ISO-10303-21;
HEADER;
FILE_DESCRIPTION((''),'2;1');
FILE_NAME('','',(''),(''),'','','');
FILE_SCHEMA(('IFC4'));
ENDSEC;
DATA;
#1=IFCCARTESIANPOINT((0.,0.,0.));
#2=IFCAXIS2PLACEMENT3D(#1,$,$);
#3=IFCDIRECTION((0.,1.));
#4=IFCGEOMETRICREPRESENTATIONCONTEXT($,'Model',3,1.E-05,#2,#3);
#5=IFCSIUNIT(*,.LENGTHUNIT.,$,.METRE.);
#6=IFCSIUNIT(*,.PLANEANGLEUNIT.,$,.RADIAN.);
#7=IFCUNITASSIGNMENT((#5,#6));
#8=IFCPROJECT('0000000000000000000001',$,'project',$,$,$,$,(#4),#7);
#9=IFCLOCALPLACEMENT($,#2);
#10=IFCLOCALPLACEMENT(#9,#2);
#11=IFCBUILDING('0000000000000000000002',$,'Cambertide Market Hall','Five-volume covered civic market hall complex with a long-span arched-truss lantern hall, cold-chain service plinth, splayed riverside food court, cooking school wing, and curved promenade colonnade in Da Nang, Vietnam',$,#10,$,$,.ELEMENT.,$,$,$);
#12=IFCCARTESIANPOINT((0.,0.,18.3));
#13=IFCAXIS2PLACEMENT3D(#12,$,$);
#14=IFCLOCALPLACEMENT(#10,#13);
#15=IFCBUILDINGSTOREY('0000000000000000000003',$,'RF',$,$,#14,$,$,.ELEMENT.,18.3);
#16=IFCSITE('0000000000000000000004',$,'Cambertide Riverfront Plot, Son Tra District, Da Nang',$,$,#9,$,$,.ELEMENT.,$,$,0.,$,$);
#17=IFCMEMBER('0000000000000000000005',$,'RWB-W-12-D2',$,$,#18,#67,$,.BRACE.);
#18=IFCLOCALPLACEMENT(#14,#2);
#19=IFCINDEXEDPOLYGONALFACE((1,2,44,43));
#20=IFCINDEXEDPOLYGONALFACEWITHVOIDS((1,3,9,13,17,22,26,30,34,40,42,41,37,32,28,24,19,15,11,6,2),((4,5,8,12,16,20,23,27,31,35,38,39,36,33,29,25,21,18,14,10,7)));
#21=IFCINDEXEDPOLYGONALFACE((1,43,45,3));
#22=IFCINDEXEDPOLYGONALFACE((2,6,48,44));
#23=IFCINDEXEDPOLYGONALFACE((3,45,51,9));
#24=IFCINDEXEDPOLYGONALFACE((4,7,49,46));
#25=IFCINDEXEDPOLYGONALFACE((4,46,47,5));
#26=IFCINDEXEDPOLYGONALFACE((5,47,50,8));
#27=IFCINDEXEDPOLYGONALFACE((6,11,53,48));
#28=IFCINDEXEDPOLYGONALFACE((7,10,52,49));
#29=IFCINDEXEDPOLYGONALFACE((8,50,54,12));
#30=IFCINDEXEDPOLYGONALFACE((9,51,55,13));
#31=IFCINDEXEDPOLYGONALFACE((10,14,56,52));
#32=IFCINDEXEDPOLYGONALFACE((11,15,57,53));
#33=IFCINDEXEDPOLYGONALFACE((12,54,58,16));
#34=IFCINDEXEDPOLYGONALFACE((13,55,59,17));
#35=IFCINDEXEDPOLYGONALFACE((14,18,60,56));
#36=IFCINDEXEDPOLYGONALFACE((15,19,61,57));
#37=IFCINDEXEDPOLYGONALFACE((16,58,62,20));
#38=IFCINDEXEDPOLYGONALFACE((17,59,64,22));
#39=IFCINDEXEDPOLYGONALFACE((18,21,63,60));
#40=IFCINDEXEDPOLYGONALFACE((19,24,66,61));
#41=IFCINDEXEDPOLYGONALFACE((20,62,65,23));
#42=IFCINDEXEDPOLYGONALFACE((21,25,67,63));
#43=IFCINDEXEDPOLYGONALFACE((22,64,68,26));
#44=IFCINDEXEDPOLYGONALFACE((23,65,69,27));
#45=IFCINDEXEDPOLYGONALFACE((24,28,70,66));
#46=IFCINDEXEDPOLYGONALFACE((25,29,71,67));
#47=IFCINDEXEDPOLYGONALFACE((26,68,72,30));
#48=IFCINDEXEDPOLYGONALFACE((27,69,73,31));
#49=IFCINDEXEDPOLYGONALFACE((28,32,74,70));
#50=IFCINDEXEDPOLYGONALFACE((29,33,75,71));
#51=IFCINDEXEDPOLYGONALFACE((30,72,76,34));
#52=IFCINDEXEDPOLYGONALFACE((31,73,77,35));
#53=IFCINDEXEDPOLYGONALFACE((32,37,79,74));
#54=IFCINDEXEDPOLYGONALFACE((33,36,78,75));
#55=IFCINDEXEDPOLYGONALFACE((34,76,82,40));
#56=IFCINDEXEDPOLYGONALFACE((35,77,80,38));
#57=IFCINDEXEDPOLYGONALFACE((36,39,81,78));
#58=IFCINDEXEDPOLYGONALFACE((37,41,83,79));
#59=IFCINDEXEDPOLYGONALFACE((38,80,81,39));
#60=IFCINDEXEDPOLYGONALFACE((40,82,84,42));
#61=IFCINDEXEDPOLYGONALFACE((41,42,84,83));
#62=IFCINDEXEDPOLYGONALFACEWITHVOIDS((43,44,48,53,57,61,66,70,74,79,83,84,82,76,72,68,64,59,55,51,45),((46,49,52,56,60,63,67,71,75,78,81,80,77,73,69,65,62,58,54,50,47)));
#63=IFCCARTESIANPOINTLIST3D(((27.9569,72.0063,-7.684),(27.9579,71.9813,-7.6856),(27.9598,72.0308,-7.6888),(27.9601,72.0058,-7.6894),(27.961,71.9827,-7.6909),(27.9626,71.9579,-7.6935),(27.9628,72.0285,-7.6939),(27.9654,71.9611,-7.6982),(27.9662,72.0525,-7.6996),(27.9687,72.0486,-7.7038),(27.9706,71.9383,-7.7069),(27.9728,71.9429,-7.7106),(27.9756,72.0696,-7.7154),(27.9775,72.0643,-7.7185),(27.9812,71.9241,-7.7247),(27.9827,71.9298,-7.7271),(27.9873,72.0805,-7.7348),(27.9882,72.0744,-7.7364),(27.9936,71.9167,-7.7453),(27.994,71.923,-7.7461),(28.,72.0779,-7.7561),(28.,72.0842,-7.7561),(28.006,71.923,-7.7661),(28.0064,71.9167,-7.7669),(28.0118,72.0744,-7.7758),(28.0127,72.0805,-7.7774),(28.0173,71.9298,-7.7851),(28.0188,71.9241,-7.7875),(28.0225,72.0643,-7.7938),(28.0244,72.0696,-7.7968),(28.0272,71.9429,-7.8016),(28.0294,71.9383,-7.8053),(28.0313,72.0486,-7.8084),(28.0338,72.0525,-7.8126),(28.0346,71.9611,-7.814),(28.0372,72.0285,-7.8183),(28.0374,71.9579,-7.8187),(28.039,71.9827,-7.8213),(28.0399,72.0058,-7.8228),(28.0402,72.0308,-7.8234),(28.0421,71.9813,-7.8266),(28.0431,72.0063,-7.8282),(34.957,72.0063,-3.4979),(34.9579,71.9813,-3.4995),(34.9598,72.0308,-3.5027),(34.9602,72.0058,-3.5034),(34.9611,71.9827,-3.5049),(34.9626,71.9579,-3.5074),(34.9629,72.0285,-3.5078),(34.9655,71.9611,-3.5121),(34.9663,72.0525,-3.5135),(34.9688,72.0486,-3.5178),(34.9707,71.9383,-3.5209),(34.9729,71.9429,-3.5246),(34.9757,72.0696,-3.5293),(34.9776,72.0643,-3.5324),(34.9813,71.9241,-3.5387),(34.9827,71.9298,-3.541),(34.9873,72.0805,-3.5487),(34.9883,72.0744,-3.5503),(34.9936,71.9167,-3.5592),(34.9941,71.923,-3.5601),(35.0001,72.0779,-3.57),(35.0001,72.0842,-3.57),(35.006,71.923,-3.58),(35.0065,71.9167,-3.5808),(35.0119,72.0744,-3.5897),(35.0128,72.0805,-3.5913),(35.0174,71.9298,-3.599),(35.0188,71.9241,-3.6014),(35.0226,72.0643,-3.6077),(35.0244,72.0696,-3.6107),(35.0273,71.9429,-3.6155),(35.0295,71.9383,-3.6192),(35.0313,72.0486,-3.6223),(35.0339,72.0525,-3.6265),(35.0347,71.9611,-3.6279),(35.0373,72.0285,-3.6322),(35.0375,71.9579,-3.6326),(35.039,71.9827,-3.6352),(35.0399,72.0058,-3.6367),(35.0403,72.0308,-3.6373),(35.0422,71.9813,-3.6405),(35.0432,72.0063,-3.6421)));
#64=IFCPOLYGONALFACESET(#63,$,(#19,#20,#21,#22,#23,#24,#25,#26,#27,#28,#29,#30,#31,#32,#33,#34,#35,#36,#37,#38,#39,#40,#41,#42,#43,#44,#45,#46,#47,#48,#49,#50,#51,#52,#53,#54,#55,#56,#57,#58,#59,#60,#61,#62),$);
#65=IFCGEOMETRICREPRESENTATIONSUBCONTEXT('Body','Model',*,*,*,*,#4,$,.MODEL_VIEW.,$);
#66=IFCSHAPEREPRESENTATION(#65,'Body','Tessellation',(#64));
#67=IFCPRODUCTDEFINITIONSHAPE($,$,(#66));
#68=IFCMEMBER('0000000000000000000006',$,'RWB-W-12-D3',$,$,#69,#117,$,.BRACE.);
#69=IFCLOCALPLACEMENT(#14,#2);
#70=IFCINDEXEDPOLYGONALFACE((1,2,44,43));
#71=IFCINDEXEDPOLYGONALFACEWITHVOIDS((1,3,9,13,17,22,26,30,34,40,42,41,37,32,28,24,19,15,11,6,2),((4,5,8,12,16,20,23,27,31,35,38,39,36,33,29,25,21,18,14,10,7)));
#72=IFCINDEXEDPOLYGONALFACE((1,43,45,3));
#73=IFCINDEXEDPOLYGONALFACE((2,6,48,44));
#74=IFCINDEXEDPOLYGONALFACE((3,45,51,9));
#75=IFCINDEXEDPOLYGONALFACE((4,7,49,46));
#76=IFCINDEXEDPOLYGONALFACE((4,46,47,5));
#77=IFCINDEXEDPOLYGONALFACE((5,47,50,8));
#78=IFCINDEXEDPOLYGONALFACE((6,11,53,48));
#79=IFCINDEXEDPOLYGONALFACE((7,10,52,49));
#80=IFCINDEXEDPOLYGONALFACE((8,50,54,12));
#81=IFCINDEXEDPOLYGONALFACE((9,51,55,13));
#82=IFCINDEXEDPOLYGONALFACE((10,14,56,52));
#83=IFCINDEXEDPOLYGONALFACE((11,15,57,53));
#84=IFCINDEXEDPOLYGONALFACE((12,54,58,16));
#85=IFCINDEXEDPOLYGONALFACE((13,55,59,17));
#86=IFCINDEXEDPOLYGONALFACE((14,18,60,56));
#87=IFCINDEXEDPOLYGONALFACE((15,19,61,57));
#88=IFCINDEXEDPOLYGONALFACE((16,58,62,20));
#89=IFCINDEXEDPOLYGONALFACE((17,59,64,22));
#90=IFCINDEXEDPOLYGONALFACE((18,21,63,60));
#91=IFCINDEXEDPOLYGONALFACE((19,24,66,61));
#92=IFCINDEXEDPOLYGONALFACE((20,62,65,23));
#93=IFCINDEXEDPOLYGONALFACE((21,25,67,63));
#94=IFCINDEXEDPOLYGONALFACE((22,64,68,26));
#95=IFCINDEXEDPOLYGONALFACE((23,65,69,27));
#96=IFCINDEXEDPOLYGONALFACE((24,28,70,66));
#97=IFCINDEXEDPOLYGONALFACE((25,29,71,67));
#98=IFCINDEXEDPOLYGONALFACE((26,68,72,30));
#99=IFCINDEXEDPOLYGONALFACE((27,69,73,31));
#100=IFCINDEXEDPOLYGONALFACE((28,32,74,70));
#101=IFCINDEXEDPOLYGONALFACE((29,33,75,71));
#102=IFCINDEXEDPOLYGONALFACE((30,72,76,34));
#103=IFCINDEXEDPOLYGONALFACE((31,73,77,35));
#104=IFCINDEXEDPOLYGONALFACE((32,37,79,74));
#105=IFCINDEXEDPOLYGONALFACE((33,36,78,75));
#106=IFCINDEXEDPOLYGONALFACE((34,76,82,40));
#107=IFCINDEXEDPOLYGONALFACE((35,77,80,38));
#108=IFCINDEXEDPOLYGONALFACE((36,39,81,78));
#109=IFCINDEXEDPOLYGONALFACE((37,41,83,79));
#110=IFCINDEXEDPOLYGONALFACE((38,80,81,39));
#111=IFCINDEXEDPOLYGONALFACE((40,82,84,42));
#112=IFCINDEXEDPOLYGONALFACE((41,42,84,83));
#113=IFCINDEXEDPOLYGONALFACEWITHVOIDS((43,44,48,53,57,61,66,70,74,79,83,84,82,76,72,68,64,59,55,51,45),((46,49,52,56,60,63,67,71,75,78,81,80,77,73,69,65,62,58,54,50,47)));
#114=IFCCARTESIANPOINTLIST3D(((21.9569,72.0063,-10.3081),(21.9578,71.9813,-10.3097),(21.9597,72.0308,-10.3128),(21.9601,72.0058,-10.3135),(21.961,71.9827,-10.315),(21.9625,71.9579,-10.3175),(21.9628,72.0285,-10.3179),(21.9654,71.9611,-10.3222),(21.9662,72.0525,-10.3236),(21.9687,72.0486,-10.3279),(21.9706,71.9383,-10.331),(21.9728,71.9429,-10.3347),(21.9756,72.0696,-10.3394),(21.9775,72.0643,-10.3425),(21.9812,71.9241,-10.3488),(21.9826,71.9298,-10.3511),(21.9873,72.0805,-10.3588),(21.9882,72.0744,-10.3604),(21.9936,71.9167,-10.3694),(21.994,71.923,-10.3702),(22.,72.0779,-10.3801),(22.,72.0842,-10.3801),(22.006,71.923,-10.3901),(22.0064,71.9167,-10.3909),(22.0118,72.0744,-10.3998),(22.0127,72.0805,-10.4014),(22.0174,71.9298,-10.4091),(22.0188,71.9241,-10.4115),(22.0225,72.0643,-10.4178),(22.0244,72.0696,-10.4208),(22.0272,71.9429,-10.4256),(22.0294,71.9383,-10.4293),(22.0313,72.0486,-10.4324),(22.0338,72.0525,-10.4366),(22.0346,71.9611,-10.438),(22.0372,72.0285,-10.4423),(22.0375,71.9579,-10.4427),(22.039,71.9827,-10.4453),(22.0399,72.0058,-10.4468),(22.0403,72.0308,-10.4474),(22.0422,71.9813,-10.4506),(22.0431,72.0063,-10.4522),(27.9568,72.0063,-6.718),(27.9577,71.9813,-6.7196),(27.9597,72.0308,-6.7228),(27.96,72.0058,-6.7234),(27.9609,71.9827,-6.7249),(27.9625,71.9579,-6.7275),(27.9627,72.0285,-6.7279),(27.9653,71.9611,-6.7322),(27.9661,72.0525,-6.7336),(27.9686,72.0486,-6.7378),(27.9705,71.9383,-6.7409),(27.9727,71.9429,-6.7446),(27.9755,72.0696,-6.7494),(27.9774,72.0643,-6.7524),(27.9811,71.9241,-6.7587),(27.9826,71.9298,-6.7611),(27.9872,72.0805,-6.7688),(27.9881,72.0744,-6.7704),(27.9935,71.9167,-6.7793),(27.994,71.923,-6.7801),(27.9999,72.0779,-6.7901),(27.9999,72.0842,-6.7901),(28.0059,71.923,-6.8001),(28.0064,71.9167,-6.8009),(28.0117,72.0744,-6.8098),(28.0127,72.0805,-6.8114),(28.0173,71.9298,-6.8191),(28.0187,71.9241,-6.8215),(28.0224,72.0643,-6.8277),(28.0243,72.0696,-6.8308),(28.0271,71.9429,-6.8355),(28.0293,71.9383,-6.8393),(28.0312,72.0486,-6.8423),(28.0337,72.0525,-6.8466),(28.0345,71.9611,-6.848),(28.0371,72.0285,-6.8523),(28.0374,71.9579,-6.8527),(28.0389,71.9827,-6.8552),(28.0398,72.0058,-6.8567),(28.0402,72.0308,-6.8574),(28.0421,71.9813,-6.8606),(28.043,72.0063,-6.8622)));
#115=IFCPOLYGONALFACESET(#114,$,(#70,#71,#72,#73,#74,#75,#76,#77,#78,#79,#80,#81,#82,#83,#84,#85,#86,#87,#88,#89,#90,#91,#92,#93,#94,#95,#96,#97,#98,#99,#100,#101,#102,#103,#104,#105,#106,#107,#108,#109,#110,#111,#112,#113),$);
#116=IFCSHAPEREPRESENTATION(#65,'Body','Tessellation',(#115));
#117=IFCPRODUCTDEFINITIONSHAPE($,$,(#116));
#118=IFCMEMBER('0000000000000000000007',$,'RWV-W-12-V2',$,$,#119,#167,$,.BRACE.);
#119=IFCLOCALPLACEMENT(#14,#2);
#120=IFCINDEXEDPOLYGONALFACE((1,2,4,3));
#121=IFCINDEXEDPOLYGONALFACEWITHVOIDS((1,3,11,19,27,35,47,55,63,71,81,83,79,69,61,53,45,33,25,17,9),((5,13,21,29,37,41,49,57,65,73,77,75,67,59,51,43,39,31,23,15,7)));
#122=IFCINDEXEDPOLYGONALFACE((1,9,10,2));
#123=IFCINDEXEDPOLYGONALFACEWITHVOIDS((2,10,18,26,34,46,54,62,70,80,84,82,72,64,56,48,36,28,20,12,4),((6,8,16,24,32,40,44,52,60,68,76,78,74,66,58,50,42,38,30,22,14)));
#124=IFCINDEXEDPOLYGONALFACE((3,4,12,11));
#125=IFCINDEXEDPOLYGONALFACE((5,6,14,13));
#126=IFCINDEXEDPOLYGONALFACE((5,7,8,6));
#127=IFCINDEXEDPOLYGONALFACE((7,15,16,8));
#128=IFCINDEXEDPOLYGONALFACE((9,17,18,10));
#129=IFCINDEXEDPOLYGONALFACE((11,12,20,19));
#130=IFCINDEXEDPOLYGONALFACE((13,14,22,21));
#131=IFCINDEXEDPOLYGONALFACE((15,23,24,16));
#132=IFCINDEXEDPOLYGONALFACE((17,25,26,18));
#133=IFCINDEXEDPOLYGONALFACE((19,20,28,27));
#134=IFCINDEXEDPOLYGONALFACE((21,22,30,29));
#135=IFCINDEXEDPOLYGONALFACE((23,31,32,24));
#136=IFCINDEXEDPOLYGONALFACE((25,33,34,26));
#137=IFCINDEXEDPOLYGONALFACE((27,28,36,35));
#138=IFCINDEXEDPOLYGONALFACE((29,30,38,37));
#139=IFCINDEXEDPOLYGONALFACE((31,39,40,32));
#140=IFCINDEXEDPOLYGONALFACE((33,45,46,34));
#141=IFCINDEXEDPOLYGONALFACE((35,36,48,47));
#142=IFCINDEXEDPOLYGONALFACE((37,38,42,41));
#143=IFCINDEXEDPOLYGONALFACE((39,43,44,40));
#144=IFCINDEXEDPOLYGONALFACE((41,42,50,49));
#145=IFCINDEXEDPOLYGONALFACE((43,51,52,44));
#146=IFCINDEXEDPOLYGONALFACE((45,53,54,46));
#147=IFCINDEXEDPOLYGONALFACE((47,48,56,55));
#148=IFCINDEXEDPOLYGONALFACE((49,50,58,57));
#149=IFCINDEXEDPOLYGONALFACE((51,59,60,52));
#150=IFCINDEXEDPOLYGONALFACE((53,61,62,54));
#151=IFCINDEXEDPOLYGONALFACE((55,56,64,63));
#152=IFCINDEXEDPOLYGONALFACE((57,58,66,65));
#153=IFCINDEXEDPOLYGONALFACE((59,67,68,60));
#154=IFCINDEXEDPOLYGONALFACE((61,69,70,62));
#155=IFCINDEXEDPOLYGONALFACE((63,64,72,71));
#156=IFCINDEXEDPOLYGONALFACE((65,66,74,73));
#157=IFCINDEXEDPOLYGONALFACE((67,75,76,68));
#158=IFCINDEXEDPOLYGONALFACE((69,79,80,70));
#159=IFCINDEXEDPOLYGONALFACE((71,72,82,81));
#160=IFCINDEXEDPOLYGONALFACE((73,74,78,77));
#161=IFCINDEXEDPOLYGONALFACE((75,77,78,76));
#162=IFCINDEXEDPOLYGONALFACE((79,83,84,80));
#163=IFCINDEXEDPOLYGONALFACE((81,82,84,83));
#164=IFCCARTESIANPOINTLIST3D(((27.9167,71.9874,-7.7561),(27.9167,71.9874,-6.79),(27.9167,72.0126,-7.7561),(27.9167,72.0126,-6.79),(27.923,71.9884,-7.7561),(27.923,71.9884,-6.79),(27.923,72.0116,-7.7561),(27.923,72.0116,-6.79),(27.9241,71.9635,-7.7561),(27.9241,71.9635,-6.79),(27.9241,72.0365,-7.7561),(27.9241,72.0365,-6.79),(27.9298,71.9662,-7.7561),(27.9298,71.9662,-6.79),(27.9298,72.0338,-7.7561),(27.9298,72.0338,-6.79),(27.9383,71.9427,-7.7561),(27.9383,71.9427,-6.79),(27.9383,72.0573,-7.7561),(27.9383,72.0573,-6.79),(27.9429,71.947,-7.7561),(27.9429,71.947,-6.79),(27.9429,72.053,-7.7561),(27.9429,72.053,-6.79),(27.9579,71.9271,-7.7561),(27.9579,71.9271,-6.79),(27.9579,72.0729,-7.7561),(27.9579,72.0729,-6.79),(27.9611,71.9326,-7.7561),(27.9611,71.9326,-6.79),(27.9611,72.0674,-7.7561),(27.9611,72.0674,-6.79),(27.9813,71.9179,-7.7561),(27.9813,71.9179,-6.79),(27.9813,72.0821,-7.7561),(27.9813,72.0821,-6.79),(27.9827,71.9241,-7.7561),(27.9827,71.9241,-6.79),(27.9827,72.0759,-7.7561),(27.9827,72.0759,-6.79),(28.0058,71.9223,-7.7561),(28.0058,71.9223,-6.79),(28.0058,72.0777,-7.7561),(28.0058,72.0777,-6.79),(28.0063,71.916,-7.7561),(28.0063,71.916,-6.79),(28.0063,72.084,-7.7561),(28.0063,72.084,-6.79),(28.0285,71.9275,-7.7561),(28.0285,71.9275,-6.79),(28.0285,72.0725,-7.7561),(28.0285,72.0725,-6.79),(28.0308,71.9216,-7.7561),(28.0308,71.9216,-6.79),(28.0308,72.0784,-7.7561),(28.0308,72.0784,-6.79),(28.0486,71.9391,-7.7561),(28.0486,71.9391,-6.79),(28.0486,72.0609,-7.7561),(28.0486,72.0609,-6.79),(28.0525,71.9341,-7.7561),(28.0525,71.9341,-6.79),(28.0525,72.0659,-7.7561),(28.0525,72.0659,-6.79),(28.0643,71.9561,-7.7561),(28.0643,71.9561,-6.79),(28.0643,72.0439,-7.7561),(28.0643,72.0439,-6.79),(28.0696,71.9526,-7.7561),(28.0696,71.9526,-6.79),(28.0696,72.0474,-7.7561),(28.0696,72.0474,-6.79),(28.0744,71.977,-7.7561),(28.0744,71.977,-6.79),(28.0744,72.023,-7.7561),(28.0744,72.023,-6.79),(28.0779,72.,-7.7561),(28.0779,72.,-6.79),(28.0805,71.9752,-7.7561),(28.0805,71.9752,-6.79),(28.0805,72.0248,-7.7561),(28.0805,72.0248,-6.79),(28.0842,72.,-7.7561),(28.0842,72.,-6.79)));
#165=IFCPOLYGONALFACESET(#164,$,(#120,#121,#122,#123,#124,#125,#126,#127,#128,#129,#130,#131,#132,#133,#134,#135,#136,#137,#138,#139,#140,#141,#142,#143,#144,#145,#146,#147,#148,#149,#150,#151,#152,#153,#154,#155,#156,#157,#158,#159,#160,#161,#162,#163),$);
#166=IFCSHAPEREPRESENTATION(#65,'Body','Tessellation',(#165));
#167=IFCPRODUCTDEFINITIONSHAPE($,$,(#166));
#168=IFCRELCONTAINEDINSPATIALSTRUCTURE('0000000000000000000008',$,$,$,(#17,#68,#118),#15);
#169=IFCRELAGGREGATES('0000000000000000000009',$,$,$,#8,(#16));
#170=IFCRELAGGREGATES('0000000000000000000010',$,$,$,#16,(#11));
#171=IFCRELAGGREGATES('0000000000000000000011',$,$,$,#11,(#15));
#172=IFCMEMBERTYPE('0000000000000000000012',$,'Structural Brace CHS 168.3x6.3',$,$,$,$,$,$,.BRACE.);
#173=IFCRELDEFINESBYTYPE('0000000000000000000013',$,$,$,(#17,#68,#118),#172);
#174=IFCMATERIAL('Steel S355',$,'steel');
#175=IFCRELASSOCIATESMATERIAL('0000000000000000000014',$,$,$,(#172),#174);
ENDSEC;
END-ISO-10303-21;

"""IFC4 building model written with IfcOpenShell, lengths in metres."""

from ifc_helpers import new_model, si_unit, direction, frame, origin, origin_2d, place, context, subcontext, project, spatial, hollow_circle, extrude, material, material_profile, profile_set, type_object, element, save


model = new_model("IFC4")

# Units and contexts
model_context = context("Model", 3, precision=1e-05, world=origin(), true_north=direction((0.0, 1.0)))
body_context = subcontext(model_context, "Body", "Model", "MODEL_VIEW")
ifc_project = project(units=[si_unit("LENGTHUNIT", "METRE"), si_unit("PLANEANGLEUNIT", "RADIAN")], contexts=[model_context])

# Site, building, storey
site_placement = place(None, origin())
site = spatial("IfcSite", under=ifc_project, at=site_placement, Name="Cambertide Riverfront Plot, Son Tra District, Da Nang", CompositionType="ELEMENT", RefElevation=0.0)
building_placement = place(site_placement, origin())
building = spatial("IfcBuilding", under=site, at=building_placement, Name="Cambertide Market Hall", Description="Five-volume covered civic market hall complex with a long-span arched-truss lantern hall, cold-chain service plinth, splayed riverside food court, cooking school wing, and curved promenade colonnade in Da Nang, Vietnam", CompositionType="ELEMENT")
storey_placement = place(building_placement, frame((0.0, 0.0, 18.3)))
storey = spatial("IfcBuildingStorey", under=building, at=storey_placement, Name="RF", CompositionType="ELEMENT", Elevation=18.3)

# Members
ifc_material_1 = material(Name="Steel S355", Category="steel")
ifc_material_profile_1 = material_profile(ifc_material_1, hollow_circle(Radius=0.0842, WallThickness=0.0063, at=origin_2d()), Name="CHS 168.3x6.3")
ifc_profile_set_1 = profile_set([ifc_material_profile_1], Name="Steel S355")
member_type_1 = type_object("IfcMemberType", Name="Structural Brace CHS 168.3x6.3", PredefinedType="BRACE", material=ifc_profile_set_1)
member_1_placement = place(storey_placement, frame((28.0, 72.0, -7.7561), z_axis=(0.858247, 0.0, 0.513236), x_axis=(0.0, 1.0, 0.0)))
element("IfcMember", 1, at=member_1_placement, inside=storey, type_object=member_type_1, Name="RWB-W-12-D2", PredefinedType="BRACE", context=body_context, shape_type="SweptSolid", body=[
    extrude(hollow_circle(Radius=0.0842, WallThickness=0.0063, at=origin_2d()), origin(), (0.0, 0.0, 1.0), 8.1562),
])
member_2_placement = place(storey_placement, frame((22.0, 72.0, -10.3801), z_axis=(0.858118, 0.0, 0.513453), x_axis=(0.0, 1.0, 0.0)))
element("IfcMember", 2, at=member_2_placement, inside=storey, type_object=member_type_1, Name="RWB-W-12-D3", PredefinedType="BRACE", context=body_context, shape_type="SweptSolid", body=[
    extrude(hollow_circle(Radius=0.0842, WallThickness=0.0063, at=origin_2d()), origin(), (0.0, 0.0, 1.0), 6.9919),
])
member_3_placement = place(storey_placement, frame((28.0, 72.0, -7.7561), z_axis=(0.0, 0.0, 1.0), x_axis=(1.0, 0.0, 0.0)))
element("IfcMember", 3, at=member_3_placement, inside=storey, type_object=member_type_1, Name="RWV-W-12-V2", PredefinedType="BRACE", context=body_context, shape_type="SweptSolid", body=[
    extrude(hollow_circle(Radius=0.0842, WallThickness=0.0063, at=origin_2d()), origin(), (0.0, 0.0, 1.0), 0.9661),
])

save(model, "model.ifc")
